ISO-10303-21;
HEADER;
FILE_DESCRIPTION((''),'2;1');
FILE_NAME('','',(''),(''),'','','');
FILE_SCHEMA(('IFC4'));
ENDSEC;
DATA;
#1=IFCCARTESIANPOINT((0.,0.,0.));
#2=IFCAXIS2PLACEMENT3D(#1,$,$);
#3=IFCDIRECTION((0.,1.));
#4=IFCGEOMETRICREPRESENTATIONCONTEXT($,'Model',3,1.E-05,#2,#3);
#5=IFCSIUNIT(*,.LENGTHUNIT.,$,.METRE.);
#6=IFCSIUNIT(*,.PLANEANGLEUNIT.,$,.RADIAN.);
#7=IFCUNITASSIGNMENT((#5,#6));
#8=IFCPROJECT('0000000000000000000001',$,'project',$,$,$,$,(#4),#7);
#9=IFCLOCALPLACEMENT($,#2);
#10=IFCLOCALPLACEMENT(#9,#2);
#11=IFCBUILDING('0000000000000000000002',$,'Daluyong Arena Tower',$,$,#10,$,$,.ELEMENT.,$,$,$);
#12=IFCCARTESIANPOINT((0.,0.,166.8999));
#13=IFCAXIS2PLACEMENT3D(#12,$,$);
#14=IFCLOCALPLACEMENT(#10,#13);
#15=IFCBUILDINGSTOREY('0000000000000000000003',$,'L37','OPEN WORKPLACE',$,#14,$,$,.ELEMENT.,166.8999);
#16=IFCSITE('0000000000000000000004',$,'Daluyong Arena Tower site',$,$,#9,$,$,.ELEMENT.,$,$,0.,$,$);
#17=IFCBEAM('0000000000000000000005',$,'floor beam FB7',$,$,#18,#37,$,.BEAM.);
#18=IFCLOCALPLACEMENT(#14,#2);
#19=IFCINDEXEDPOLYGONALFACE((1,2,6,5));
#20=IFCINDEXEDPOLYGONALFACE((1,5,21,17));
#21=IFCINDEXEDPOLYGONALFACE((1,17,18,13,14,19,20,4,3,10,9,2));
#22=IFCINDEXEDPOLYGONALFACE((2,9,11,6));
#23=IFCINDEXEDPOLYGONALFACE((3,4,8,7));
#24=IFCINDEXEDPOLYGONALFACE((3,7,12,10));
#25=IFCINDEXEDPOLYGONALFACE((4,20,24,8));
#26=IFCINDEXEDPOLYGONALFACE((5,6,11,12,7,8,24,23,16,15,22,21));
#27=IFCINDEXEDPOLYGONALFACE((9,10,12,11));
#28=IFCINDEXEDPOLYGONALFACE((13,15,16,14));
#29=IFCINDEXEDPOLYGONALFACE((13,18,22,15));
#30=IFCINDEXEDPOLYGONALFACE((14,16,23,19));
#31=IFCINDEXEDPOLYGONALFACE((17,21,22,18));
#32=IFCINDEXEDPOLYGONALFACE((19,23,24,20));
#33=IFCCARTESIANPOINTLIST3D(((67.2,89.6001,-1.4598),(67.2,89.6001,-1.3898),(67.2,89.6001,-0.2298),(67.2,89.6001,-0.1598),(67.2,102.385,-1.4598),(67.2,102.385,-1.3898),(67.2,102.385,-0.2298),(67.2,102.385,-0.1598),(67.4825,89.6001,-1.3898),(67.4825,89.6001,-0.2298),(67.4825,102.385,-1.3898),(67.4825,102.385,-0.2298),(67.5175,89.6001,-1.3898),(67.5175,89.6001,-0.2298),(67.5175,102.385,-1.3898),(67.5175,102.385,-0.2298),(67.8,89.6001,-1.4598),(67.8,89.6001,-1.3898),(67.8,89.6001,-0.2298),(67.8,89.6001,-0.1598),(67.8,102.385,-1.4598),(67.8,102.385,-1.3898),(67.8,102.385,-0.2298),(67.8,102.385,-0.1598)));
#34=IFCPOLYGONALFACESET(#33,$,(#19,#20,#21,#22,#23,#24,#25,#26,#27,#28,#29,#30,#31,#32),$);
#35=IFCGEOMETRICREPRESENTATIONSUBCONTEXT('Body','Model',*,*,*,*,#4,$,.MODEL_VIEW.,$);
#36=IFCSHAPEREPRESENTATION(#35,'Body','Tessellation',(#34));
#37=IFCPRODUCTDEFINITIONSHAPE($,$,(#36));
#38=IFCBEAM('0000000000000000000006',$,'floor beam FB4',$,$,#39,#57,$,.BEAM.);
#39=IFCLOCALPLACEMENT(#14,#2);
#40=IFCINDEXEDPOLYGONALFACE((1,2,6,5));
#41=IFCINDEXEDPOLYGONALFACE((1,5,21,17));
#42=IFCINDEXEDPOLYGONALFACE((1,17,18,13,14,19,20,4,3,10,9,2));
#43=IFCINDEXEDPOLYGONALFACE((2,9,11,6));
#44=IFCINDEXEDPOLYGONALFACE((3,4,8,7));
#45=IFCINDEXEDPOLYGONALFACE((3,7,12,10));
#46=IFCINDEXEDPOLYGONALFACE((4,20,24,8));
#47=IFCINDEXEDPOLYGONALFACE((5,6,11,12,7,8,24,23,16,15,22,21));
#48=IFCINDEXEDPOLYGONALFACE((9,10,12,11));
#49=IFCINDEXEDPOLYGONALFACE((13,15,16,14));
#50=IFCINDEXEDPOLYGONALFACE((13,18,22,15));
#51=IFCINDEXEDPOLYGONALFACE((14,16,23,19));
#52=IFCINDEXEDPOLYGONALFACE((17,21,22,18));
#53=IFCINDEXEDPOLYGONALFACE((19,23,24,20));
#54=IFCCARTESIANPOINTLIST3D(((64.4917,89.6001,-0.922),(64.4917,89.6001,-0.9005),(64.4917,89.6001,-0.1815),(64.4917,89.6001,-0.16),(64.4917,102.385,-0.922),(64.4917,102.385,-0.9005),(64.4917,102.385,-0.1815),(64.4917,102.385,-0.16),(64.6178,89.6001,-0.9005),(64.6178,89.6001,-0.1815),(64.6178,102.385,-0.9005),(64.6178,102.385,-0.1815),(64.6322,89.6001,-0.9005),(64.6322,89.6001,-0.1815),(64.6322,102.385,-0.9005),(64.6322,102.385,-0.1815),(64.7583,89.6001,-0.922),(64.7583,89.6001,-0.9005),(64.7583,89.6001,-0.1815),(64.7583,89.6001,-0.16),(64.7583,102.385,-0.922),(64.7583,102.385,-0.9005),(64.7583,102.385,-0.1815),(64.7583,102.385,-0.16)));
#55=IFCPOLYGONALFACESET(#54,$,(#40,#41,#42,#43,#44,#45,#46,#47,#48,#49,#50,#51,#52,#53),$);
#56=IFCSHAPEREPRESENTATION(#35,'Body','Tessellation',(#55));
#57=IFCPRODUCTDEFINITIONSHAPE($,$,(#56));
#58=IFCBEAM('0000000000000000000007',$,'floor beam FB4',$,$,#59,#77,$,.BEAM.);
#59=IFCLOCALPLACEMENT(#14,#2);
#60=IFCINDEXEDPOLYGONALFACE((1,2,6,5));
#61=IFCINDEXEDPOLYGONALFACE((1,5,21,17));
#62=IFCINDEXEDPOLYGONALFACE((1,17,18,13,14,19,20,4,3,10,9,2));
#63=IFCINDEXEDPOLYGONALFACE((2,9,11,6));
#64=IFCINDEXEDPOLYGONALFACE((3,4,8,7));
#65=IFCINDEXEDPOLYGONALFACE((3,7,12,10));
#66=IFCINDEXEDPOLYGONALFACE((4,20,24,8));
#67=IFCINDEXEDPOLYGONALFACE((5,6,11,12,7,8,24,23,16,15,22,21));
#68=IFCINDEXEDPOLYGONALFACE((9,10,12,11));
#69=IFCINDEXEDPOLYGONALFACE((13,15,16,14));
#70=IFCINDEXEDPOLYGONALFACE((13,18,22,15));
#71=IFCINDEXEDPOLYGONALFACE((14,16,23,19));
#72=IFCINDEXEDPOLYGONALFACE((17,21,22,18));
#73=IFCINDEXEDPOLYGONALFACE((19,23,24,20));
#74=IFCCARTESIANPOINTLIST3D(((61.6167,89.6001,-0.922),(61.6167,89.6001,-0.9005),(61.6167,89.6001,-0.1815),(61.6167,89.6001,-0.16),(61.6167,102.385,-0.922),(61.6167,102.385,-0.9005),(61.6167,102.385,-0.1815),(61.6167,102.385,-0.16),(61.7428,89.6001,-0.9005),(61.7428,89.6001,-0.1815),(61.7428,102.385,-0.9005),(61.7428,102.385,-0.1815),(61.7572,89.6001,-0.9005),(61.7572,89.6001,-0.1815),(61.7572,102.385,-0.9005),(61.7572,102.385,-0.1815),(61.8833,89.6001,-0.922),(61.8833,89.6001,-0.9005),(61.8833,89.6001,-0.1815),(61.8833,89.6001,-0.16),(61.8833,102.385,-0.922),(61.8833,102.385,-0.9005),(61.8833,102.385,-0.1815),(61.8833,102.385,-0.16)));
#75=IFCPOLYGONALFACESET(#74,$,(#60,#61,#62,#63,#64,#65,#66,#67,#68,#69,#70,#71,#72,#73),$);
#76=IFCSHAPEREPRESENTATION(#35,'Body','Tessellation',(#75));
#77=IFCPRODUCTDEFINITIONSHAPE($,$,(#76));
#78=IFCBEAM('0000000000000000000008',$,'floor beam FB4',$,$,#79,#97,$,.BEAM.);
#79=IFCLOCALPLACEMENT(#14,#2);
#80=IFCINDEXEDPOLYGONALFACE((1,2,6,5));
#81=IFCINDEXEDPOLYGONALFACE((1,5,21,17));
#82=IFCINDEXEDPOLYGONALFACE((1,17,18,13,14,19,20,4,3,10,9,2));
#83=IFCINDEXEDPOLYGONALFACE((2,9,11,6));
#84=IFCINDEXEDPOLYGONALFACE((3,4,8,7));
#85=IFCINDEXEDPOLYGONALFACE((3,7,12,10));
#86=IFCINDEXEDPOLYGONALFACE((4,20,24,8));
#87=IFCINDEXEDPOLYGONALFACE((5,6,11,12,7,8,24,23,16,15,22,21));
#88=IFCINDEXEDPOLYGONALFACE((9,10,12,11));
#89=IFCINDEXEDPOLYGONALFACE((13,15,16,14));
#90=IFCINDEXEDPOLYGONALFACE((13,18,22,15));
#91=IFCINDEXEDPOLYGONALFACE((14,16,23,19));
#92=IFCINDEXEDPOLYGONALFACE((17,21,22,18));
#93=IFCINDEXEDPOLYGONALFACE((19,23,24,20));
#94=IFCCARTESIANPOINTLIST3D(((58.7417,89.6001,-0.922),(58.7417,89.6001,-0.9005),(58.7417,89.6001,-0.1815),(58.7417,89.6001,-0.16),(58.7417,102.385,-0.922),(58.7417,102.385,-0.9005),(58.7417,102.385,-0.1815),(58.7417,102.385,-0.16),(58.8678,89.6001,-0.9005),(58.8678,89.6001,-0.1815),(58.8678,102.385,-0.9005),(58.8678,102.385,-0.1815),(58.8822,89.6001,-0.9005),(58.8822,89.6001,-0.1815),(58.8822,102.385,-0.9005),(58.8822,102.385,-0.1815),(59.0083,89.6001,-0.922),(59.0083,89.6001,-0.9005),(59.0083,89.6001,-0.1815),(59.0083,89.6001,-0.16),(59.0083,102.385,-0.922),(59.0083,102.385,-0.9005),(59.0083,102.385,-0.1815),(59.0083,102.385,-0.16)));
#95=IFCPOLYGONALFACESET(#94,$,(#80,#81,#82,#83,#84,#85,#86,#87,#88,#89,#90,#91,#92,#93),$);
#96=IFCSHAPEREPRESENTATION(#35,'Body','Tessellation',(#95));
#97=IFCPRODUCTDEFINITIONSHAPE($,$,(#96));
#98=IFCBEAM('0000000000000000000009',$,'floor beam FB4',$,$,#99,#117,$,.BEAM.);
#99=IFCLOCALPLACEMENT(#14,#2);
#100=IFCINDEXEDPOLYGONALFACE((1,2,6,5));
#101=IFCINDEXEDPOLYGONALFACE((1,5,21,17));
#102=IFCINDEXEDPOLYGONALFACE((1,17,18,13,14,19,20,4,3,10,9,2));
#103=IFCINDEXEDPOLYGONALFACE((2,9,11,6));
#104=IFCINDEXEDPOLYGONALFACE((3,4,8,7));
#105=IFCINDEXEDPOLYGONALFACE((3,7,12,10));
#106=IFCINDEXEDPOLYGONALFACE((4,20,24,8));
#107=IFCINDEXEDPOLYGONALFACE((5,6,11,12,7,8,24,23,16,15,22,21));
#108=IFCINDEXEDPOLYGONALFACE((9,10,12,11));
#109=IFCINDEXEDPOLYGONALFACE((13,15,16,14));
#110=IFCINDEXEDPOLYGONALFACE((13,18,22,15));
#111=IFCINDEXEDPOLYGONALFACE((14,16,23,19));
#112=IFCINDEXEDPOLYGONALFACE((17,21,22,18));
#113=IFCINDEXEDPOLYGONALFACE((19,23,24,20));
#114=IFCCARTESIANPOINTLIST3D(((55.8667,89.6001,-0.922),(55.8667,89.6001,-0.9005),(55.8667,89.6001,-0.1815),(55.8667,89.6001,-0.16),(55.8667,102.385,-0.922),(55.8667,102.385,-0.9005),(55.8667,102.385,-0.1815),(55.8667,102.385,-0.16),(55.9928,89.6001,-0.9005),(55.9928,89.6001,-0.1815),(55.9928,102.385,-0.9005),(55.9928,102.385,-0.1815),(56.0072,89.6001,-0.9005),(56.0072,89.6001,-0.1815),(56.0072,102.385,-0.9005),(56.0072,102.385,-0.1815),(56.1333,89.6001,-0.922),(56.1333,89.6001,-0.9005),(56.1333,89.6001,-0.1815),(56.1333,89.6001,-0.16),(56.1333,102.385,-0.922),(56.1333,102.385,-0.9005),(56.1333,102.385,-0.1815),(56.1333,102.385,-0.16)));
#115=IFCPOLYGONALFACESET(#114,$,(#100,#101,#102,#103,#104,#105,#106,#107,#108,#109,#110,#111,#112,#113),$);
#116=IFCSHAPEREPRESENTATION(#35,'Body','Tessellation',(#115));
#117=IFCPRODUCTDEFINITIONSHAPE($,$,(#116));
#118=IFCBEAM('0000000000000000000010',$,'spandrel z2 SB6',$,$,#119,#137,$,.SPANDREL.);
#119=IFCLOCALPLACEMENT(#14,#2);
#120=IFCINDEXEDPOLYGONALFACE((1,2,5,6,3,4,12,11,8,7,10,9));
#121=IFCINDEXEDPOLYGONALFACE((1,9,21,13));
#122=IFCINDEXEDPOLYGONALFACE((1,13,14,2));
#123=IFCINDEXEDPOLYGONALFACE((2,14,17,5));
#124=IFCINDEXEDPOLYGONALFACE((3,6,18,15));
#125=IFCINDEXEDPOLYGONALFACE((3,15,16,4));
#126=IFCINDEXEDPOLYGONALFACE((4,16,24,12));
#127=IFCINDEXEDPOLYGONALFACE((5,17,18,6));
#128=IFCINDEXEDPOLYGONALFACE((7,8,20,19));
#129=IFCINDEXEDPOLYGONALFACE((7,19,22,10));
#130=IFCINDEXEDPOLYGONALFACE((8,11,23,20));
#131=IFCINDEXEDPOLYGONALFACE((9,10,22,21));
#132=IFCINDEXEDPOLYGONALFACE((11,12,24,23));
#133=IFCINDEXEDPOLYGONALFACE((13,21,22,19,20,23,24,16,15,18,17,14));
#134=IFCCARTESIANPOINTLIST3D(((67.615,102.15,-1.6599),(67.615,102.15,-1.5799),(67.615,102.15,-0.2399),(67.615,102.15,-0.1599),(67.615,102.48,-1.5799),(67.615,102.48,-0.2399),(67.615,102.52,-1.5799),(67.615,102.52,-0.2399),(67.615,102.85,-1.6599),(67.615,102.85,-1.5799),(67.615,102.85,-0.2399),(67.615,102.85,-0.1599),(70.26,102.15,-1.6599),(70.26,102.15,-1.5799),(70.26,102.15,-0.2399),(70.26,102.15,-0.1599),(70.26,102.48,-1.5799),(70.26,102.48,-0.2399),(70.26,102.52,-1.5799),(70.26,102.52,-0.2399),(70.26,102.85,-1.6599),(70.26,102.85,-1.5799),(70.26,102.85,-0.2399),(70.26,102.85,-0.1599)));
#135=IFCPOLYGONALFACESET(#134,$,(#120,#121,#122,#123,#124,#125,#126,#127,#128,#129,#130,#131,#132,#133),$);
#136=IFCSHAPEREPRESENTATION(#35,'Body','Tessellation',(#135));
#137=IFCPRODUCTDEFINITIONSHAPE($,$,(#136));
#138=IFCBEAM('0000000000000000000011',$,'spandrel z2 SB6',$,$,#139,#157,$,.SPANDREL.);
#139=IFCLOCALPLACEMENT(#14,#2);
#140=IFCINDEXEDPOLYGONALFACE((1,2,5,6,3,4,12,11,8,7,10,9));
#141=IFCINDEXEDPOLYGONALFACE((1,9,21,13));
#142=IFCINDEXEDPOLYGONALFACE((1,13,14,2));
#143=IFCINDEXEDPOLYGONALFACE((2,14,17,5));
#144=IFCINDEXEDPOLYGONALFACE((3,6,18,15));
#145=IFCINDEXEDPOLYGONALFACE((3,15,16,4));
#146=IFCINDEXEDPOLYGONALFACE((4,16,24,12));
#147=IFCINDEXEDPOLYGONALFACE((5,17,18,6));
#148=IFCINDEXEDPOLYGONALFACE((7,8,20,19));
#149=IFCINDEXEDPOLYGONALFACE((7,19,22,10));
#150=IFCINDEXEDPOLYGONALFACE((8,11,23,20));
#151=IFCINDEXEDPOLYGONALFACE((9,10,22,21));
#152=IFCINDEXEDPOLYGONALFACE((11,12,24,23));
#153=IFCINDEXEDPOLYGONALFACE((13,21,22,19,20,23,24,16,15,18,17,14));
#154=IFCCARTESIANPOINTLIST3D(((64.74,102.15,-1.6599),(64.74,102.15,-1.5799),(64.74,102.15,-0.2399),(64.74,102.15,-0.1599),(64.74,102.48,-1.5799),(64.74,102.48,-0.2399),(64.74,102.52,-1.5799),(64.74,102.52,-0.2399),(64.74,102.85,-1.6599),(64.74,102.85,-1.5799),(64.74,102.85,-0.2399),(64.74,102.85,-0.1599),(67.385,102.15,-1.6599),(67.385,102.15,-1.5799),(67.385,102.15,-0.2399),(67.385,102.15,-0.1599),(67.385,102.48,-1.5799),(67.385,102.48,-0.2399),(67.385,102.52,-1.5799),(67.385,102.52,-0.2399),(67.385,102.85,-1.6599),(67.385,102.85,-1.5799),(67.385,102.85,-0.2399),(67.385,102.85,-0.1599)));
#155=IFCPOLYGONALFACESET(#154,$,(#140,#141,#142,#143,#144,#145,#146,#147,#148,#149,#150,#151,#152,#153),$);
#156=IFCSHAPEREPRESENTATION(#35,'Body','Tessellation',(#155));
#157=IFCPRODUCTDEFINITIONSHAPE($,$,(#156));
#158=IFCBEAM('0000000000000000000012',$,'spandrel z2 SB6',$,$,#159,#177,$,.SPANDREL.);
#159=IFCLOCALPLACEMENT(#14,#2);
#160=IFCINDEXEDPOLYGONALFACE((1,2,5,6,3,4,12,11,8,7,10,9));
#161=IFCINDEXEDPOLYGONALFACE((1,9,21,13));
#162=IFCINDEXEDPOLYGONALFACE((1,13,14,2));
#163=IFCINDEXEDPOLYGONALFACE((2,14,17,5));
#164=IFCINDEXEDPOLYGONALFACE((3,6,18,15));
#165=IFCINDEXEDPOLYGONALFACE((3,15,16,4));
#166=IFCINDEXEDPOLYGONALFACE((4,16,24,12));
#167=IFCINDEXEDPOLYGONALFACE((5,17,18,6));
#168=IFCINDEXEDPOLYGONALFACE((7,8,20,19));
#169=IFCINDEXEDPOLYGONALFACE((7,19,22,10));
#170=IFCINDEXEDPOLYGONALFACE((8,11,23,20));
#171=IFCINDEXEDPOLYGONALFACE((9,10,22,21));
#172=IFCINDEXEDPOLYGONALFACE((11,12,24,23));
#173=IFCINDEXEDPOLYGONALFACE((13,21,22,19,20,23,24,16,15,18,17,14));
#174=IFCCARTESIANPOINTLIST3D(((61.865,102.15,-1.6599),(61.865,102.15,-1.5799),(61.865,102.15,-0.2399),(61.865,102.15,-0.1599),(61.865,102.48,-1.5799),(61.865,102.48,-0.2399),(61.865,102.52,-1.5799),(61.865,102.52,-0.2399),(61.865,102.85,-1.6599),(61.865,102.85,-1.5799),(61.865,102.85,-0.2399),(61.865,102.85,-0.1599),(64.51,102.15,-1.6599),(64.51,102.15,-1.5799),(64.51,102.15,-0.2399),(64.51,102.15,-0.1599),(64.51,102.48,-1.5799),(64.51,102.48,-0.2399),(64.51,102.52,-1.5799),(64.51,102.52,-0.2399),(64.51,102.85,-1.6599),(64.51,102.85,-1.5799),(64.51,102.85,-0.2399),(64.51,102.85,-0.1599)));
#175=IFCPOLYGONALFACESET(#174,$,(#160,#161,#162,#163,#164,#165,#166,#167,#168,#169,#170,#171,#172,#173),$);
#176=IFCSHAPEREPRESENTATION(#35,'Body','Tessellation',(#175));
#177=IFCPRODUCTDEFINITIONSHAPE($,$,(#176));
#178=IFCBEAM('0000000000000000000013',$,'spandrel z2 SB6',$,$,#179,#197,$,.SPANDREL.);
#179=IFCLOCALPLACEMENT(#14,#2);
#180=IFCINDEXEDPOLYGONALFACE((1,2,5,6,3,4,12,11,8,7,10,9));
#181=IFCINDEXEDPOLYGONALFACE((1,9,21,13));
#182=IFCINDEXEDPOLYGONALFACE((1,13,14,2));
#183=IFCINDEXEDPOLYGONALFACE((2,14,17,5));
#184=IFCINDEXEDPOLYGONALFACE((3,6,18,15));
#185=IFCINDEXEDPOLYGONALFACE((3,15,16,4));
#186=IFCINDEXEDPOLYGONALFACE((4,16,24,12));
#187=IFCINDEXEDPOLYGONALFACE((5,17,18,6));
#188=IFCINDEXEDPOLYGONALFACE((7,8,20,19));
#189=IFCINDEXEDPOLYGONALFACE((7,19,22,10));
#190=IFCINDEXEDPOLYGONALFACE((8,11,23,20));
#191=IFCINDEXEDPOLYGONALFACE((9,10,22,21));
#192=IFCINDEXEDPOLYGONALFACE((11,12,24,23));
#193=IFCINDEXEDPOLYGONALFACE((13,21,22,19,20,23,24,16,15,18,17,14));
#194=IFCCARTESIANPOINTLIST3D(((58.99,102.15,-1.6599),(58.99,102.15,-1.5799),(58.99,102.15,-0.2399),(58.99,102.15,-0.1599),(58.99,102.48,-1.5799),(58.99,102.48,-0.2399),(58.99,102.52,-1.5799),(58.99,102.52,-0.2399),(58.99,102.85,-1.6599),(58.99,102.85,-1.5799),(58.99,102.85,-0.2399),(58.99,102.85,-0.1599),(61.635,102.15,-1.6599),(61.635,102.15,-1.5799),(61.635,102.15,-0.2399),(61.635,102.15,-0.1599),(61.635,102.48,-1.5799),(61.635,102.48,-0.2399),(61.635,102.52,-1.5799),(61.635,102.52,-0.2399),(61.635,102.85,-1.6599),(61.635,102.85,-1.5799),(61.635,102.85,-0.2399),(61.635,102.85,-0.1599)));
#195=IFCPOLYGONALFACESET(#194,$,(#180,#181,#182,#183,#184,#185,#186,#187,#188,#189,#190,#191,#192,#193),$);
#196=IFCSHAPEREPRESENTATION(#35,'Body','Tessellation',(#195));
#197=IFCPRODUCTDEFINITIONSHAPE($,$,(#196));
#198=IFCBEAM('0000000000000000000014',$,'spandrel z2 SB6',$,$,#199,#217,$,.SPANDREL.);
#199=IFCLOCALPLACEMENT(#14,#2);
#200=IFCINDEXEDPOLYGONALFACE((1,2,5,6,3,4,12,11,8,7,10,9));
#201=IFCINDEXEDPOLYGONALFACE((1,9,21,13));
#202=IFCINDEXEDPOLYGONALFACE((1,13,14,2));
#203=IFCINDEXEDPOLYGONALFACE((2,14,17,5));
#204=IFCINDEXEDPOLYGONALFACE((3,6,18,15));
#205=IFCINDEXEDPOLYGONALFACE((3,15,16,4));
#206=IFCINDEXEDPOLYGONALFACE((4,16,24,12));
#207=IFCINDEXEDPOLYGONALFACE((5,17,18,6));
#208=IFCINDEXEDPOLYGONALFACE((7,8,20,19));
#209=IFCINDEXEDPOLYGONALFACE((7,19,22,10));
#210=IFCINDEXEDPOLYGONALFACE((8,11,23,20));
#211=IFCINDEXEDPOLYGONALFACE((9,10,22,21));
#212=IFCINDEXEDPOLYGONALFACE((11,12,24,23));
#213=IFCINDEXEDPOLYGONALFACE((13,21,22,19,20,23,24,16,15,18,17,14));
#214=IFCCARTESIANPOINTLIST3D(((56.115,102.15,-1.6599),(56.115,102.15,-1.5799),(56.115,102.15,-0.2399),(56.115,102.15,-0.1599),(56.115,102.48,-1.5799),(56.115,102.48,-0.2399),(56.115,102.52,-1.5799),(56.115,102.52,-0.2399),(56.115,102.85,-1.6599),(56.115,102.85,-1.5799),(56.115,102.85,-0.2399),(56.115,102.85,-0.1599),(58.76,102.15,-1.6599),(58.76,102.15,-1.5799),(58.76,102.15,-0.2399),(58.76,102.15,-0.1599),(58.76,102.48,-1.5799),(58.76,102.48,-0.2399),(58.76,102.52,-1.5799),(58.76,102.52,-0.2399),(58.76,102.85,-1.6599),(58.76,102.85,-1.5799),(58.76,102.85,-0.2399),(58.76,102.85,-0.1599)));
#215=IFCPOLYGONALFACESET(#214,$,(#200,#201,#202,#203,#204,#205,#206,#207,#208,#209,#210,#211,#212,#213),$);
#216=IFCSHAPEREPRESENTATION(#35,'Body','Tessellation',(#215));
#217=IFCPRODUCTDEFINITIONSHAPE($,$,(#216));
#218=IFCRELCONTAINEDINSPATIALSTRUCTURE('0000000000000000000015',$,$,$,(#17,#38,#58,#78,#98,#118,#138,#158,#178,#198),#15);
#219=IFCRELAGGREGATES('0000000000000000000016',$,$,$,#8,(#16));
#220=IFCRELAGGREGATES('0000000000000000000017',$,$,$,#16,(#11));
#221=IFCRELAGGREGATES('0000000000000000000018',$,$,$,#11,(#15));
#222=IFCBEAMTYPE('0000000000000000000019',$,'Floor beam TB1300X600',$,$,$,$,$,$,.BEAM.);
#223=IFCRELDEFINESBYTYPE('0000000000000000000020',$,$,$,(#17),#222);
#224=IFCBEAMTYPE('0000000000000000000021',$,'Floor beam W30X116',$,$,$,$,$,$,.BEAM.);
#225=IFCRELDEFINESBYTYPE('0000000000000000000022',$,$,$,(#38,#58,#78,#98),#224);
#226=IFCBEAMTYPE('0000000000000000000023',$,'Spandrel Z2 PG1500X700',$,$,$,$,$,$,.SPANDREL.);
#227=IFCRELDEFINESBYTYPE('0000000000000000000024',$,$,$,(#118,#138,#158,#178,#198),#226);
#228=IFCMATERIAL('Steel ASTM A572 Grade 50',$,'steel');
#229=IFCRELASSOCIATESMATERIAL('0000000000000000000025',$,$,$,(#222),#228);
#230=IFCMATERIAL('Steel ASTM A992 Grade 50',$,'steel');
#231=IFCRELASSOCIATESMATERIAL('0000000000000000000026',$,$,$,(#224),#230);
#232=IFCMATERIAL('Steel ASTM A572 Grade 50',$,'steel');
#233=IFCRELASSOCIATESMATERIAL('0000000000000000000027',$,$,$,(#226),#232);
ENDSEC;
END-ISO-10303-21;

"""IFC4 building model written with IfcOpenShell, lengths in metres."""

from ifc_helpers import new_model, si_unit, direction, frame, origin, origin_2d, place, context, subcontext, project, spatial, i_section, extrude, material, material_profile, profile_set, type_object, element, save


model = new_model("IFC4")

# Units and contexts
model_context = context("Model", 3, precision=1e-05, world=origin(), true_north=direction((0.0, 1.0)))
body_context = subcontext(model_context, "Body", "Model", "MODEL_VIEW")
ifc_project = project(units=[si_unit("LENGTHUNIT", "METRE"), si_unit("PLANEANGLEUNIT", "RADIAN")], contexts=[model_context])

# Site, building, storey
site_placement = place(None, origin())
site = spatial("IfcSite", under=ifc_project, at=site_placement, Name="Daluyong Arena Tower site", CompositionType="ELEMENT", RefElevation=0.0)
building_placement = place(site_placement, origin())
building = spatial("IfcBuilding", under=site, at=building_placement, Name="Daluyong Arena Tower", CompositionType="ELEMENT")
storey_placement = place(building_placement, frame((0.0, 0.0, 166.8999)))
storey = spatial("IfcBuildingStorey", under=building, at=storey_placement, Name="L37", Description="OPEN WORKPLACE", CompositionType="ELEMENT", Elevation=166.8999)

# Beams
ifc_material_1 = material(Name="Steel ASTM A572 Grade 50", Category="steel")
ifc_material_profile_1 = material_profile(ifc_material_1, i_section(OverallWidth=0.6001, OverallDepth=1.3, WebThickness=0.035, FlangeThickness=0.07, at=origin_2d()))
ifc_profile_set_1 = profile_set([ifc_material_profile_1], Name="Steel ASTM A572 Grade 50")
beam_type_1 = type_object("IfcBeamType", Name="Floor beam TB1300X600", PredefinedType="BEAM", material=ifc_profile_set_1)
beam_placement = place(storey_placement, frame((67.5, 102.385, -0.8098), z_axis=(0.0, -1.0, 0.0), x_axis=(1.0, 0.0, 0.0)))
element("IfcBeam", 1, at=beam_placement, inside=storey, type_object=beam_type_1, Name="floor beam FB7", PredefinedType="BEAM", context=body_context, shape_type="SweptSolid", body=[
    extrude(i_section(OverallWidth=0.6001, OverallDepth=1.3, WebThickness=0.035, FlangeThickness=0.07, at=origin_2d()), origin(), (0.0, 0.0, 1.0), 12.7849),
])
ifc_material_2 = material(Name="Steel ASTM A992 Grade 50", Category="steel")
ifc_material_profile_2 = material_profile(ifc_material_2, i_section(OverallWidth=0.2666, OverallDepth=0.762, WebThickness=0.0144, FlangeThickness=0.0215, at=origin_2d()))
ifc_profile_set_2 = profile_set([ifc_material_profile_2], Name="Steel ASTM A992 Grade 50")
beam_type_2 = type_object("IfcBeamType", Name="Floor beam W30X116", PredefinedType="BEAM", material=ifc_profile_set_2)
for number, where, z_axis, x_axis, name in (
    (2, (64.625, 102.385, -0.541), (0.0, -1.0, 0.0), (1.0, 0.0, 0.0), "floor beam FB4"),
    (3, (61.75, 102.385, -0.541), (0.0, -1.0, 0.0), (1.0, 0.0, 0.0), "floor beam FB4"),
    (4, (58.875, 102.385, -0.541), (0.0, -1.0, 0.0), (1.0, 0.0, 0.0), "floor beam FB4"),
    (5, (56.0, 102.385, -0.541), (0.0, -1.0, 0.0), (1.0, 0.0, 0.0), "floor beam FB4"),
):
    element("IfcBeam", number, at=place(storey_placement, frame(where, z_axis=z_axis, x_axis=x_axis)), inside=storey, type_object=beam_type_2, Name=name, PredefinedType="BEAM", context=body_context, shape_type="SweptSolid", body=[
        extrude(i_section(OverallWidth=0.2666, OverallDepth=0.762, WebThickness=0.0144, FlangeThickness=0.0215, at=origin_2d()), origin(), (0.0, 0.0, 1.0), 12.7849),
    ])
ifc_material_3 = material(Name="Steel ASTM A572 Grade 50", Category="steel")
ifc_material_profile_3 = material_profile(ifc_material_3, i_section(OverallWidth=0.7, OverallDepth=1.5, WebThickness=0.04, FlangeThickness=0.08, at=origin_2d()))
ifc_profile_set_3 = profile_set([ifc_material_profile_3], Name="Steel ASTM A572 Grade 50")
beam_type_3 = type_object("IfcBeamType", Name="Spandrel Z2 PG1500X700", PredefinedType="SPANDREL", material=ifc_profile_set_3)
for number, where, z_axis, x_axis, name in (
    (6, (70.26, 102.5, -0.9099), (-1.0, 0.0, 0.0), (0.0, -1.0, 0.0), "spandrel z2 SB6"),
    (7, (67.385, 102.5, -0.9099), (-1.0, 0.0, 0.0), (0.0, -1.0, 0.0), "spandrel z2 SB6"),
    (8, (64.51, 102.5, -0.9099), (-1.0, 0.0, 0.0), (0.0, -1.0, 0.0), "spandrel z2 SB6"),
    (9, (61.635, 102.5, -0.9099), (-1.0, 0.0, 0.0), (0.0, -1.0, 0.0), "spandrel z2 SB6"),
    (10, (58.76, 102.5, -0.9099), (-1.0, 0.0, 0.0), (0.0, -1.0, 0.0), "spandrel z2 SB6"),
):
    element("IfcBeam", number, at=place(storey_placement, frame(where, z_axis=z_axis, x_axis=x_axis)), inside=storey, type_object=beam_type_3, Name=name, PredefinedType="SPANDREL", context=body_context, shape_type="SweptSolid", body=[
        extrude(i_section(OverallWidth=0.7, OverallDepth=1.5, WebThickness=0.04, FlangeThickness=0.08, at=origin_2d()), origin(), (0.0, 0.0, 1.0), 2.645),
    ])

save(model, "model.ifc")
